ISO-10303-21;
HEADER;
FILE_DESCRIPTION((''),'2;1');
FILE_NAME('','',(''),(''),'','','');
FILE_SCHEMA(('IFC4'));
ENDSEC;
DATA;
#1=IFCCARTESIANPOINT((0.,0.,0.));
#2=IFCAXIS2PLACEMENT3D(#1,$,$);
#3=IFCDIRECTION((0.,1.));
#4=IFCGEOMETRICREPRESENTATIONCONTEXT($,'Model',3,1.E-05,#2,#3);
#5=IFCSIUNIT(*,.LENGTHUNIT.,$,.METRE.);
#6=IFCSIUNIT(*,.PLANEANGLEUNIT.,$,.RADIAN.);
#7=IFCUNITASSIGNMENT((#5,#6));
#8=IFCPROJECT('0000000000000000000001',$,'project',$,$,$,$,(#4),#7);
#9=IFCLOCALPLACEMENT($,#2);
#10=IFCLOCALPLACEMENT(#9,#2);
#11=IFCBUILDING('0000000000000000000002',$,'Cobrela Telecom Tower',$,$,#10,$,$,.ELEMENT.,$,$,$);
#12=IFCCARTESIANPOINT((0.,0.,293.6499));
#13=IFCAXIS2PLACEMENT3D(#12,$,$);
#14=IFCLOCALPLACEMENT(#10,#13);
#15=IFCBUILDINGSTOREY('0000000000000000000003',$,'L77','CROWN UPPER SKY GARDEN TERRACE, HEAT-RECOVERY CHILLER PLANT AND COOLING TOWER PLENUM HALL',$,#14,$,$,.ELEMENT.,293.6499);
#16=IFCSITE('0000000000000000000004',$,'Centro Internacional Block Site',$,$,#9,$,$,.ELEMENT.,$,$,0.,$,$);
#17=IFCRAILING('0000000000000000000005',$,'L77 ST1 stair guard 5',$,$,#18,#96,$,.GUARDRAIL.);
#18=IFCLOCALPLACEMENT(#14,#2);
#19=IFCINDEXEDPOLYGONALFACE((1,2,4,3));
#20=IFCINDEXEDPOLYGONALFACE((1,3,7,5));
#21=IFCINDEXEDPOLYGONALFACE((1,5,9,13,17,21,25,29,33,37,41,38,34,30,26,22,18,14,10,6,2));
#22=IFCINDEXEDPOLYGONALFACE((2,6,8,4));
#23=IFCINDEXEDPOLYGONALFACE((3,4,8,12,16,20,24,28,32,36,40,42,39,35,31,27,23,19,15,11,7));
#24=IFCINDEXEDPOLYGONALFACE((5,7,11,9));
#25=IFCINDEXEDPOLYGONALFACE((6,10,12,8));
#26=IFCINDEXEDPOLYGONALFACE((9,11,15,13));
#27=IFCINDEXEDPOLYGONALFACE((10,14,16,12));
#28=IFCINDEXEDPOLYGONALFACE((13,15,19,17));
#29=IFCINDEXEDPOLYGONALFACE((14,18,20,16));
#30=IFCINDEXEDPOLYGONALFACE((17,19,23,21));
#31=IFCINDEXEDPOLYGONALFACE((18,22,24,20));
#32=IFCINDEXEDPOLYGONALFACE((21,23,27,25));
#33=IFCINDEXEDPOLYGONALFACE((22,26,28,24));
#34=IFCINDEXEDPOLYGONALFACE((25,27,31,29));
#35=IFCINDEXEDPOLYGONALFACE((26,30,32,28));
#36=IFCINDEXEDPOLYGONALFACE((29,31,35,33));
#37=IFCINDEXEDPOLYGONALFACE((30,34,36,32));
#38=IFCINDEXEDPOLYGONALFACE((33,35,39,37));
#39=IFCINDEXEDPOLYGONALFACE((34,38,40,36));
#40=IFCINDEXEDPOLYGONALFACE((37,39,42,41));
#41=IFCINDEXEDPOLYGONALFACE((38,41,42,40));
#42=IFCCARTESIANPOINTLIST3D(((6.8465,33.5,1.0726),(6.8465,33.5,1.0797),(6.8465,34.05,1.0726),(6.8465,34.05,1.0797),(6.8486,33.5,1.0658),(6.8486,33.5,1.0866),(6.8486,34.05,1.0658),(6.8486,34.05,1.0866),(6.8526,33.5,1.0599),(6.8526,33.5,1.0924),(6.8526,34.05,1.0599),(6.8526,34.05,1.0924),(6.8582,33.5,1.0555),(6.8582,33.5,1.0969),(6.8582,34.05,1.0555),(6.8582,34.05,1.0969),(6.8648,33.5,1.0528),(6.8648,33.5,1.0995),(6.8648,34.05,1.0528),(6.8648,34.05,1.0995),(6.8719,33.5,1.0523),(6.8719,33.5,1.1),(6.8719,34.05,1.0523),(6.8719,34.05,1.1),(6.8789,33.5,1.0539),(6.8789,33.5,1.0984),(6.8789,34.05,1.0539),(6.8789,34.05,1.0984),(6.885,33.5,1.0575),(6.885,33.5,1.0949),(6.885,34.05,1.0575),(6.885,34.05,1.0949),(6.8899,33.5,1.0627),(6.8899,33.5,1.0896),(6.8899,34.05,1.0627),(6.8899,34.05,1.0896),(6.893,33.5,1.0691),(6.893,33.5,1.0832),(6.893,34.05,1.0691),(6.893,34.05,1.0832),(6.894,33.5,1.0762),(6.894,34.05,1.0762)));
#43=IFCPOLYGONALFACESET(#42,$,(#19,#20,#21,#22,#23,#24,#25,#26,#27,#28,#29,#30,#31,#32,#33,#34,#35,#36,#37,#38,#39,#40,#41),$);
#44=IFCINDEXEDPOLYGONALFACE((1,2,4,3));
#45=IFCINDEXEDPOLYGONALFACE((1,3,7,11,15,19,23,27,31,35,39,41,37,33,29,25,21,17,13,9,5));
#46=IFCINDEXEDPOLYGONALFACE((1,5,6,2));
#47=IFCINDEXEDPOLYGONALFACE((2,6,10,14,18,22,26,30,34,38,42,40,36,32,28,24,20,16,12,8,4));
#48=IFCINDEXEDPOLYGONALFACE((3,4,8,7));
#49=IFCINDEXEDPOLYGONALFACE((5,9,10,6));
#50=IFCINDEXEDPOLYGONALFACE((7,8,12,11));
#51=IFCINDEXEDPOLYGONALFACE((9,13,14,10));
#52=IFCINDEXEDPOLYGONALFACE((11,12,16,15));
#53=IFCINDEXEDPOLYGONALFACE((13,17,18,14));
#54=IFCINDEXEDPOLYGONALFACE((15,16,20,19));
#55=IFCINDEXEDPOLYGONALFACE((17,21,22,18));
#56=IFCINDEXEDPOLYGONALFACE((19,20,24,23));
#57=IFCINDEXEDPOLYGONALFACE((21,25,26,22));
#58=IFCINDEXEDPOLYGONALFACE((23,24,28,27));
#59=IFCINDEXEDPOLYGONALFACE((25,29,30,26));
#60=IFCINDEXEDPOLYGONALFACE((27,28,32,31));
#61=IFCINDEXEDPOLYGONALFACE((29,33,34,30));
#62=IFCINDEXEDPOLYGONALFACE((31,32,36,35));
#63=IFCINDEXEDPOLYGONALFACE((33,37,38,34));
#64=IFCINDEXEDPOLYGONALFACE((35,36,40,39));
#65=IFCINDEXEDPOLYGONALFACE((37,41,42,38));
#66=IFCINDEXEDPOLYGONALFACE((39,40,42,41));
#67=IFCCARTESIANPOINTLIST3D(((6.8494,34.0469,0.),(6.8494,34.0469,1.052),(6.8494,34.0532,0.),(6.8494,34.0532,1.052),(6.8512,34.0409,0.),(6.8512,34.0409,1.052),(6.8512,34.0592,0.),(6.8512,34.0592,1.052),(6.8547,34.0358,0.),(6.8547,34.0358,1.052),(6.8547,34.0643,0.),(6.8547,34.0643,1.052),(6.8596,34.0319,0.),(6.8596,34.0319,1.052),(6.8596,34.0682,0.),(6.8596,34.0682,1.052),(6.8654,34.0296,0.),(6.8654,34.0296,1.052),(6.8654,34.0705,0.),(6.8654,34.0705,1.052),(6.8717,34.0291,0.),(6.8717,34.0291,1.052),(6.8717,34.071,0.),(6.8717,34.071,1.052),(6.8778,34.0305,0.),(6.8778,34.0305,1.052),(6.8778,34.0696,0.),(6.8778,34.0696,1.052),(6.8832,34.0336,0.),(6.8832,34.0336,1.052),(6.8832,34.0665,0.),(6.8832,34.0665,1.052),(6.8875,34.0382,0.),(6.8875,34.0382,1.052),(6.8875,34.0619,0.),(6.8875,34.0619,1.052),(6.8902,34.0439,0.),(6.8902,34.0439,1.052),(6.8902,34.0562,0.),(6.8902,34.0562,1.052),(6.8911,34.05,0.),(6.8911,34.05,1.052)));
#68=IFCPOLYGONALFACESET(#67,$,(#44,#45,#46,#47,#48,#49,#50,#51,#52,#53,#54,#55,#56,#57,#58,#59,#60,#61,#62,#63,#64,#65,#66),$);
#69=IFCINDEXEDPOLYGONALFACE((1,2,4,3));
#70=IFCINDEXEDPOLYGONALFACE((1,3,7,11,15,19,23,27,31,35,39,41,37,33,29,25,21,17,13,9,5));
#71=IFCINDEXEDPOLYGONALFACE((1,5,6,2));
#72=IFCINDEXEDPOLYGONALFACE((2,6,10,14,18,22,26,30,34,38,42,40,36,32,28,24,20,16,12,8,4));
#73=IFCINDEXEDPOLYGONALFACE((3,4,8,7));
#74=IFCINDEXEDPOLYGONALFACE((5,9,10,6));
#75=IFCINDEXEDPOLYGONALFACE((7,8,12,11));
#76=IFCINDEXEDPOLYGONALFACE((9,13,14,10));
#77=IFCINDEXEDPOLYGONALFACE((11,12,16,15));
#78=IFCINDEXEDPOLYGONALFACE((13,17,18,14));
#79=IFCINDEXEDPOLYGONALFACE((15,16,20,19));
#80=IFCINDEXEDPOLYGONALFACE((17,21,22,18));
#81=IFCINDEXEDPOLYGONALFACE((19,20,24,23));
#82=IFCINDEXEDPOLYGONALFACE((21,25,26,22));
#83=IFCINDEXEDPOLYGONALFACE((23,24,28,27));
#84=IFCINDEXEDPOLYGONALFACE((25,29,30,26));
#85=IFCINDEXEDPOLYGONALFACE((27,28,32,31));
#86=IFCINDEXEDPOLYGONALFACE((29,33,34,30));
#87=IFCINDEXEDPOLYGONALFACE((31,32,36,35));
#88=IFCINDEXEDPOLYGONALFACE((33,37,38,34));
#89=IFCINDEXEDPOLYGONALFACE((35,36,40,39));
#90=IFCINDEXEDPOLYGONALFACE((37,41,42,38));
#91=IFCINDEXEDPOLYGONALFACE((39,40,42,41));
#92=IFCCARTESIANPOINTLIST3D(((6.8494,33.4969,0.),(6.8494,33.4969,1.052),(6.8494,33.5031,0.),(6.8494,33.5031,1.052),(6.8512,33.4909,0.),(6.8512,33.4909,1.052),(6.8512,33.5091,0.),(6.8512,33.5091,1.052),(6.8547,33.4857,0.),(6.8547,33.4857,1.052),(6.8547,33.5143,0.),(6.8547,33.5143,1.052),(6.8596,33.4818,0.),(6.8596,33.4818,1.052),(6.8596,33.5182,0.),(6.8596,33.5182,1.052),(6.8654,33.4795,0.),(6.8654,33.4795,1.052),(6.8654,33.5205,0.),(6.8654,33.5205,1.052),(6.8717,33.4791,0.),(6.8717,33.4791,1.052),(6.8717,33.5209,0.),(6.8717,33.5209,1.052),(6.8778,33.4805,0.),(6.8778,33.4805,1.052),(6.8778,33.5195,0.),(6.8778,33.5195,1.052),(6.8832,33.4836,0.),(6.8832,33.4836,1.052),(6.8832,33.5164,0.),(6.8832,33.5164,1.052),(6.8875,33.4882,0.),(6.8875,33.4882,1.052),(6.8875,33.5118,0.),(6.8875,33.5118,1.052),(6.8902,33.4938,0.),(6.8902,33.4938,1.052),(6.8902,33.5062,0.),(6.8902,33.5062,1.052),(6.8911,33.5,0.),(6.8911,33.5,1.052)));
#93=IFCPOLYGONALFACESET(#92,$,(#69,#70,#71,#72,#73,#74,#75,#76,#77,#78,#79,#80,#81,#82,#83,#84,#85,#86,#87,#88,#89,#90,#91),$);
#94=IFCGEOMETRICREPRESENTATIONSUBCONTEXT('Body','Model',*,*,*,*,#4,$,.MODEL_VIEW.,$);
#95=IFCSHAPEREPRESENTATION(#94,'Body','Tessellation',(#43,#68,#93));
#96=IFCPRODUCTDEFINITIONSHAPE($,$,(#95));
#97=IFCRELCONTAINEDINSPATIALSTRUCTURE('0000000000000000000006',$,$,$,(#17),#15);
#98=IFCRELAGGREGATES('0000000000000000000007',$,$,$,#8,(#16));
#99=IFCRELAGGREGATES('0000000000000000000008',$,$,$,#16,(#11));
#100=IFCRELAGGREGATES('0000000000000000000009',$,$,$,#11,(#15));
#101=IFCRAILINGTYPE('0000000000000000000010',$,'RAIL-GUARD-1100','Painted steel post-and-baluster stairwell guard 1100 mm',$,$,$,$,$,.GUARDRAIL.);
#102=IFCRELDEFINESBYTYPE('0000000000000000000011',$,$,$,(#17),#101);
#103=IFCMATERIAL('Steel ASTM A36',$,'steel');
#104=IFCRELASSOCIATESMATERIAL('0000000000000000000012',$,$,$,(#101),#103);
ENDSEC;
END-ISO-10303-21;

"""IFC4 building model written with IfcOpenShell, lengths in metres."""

from ifc_helpers import new_model, si_unit, direction, frame, origin, origin_2d, place, context, subcontext, project, spatial, circle, extrude, material, type_object, element, save


model = new_model("IFC4")

# Units and contexts
model_context = context("Model", 3, precision=1e-05, world=origin(), true_north=direction((0.0, 1.0)))
body_context = subcontext(model_context, "Body", "Model", "MODEL_VIEW")
ifc_project = project(units=[si_unit("LENGTHUNIT", "METRE"), si_unit("PLANEANGLEUNIT", "RADIAN")], contexts=[model_context])

# Site, building, storey
site_placement = place(None, origin())
site = spatial("IfcSite", under=ifc_project, at=site_placement, Name="Centro Internacional Block Site", CompositionType="ELEMENT", RefElevation=0.0)
building_placement = place(site_placement, origin())
building = spatial("IfcBuilding", under=site, at=building_placement, Name="Cobrela Telecom Tower", CompositionType="ELEMENT")
storey_placement = place(building_placement, frame((0.0, 0.0, 293.6499)))
storey = spatial("IfcBuildingStorey", under=building, at=storey_placement, Name="L77", Description="CROWN UPPER SKY GARDEN TERRACE, HEAT-RECOVERY CHILLER PLANT AND COOLING TOWER PLENUM HALL", CompositionType="ELEMENT", Elevation=293.6499)

# Shared definitions
ifc_material_1 = material(Name="Steel ASTM A36", Category="steel")

# Railing
railing_type_1 = type_object("IfcRailingType", Name="RAIL-GUARD-1100", Description="Painted steel post-and-baluster stairwell guard 1100 mm", PredefinedType="GUARDRAIL", material=ifc_material_1)
railing_1_placement = place(storey_placement, frame((6.8701, 34.05, 0.0)))
element("IfcRailing", 1, at=railing_1_placement, inside=storey, type_object=railing_type_1, Name="L77 ST1 stair guard 5", PredefinedType="GUARDRAIL", context=body_context, shape_type="SweptSolid", body=[
    extrude(circle(Radius=0.0239, at=origin_2d()), frame((0.0, 0.0, 1.0762), z_axis=(0.0, -1.0, 0.0), x_axis=(1.0, 0.0, 0.0)), (0.0, 0.0, 1.0), 0.55),
    extrude(circle(Radius=0.021, at=origin_2d()), origin(), (0.0, 0.0, 1.0), 1.052),
    extrude(circle(Radius=0.021, at=origin_2d()), frame((0.0, -0.55, 0.0)), (0.0, 0.0, 1.0), 1.052),
])

save(model, "model.ifc")
